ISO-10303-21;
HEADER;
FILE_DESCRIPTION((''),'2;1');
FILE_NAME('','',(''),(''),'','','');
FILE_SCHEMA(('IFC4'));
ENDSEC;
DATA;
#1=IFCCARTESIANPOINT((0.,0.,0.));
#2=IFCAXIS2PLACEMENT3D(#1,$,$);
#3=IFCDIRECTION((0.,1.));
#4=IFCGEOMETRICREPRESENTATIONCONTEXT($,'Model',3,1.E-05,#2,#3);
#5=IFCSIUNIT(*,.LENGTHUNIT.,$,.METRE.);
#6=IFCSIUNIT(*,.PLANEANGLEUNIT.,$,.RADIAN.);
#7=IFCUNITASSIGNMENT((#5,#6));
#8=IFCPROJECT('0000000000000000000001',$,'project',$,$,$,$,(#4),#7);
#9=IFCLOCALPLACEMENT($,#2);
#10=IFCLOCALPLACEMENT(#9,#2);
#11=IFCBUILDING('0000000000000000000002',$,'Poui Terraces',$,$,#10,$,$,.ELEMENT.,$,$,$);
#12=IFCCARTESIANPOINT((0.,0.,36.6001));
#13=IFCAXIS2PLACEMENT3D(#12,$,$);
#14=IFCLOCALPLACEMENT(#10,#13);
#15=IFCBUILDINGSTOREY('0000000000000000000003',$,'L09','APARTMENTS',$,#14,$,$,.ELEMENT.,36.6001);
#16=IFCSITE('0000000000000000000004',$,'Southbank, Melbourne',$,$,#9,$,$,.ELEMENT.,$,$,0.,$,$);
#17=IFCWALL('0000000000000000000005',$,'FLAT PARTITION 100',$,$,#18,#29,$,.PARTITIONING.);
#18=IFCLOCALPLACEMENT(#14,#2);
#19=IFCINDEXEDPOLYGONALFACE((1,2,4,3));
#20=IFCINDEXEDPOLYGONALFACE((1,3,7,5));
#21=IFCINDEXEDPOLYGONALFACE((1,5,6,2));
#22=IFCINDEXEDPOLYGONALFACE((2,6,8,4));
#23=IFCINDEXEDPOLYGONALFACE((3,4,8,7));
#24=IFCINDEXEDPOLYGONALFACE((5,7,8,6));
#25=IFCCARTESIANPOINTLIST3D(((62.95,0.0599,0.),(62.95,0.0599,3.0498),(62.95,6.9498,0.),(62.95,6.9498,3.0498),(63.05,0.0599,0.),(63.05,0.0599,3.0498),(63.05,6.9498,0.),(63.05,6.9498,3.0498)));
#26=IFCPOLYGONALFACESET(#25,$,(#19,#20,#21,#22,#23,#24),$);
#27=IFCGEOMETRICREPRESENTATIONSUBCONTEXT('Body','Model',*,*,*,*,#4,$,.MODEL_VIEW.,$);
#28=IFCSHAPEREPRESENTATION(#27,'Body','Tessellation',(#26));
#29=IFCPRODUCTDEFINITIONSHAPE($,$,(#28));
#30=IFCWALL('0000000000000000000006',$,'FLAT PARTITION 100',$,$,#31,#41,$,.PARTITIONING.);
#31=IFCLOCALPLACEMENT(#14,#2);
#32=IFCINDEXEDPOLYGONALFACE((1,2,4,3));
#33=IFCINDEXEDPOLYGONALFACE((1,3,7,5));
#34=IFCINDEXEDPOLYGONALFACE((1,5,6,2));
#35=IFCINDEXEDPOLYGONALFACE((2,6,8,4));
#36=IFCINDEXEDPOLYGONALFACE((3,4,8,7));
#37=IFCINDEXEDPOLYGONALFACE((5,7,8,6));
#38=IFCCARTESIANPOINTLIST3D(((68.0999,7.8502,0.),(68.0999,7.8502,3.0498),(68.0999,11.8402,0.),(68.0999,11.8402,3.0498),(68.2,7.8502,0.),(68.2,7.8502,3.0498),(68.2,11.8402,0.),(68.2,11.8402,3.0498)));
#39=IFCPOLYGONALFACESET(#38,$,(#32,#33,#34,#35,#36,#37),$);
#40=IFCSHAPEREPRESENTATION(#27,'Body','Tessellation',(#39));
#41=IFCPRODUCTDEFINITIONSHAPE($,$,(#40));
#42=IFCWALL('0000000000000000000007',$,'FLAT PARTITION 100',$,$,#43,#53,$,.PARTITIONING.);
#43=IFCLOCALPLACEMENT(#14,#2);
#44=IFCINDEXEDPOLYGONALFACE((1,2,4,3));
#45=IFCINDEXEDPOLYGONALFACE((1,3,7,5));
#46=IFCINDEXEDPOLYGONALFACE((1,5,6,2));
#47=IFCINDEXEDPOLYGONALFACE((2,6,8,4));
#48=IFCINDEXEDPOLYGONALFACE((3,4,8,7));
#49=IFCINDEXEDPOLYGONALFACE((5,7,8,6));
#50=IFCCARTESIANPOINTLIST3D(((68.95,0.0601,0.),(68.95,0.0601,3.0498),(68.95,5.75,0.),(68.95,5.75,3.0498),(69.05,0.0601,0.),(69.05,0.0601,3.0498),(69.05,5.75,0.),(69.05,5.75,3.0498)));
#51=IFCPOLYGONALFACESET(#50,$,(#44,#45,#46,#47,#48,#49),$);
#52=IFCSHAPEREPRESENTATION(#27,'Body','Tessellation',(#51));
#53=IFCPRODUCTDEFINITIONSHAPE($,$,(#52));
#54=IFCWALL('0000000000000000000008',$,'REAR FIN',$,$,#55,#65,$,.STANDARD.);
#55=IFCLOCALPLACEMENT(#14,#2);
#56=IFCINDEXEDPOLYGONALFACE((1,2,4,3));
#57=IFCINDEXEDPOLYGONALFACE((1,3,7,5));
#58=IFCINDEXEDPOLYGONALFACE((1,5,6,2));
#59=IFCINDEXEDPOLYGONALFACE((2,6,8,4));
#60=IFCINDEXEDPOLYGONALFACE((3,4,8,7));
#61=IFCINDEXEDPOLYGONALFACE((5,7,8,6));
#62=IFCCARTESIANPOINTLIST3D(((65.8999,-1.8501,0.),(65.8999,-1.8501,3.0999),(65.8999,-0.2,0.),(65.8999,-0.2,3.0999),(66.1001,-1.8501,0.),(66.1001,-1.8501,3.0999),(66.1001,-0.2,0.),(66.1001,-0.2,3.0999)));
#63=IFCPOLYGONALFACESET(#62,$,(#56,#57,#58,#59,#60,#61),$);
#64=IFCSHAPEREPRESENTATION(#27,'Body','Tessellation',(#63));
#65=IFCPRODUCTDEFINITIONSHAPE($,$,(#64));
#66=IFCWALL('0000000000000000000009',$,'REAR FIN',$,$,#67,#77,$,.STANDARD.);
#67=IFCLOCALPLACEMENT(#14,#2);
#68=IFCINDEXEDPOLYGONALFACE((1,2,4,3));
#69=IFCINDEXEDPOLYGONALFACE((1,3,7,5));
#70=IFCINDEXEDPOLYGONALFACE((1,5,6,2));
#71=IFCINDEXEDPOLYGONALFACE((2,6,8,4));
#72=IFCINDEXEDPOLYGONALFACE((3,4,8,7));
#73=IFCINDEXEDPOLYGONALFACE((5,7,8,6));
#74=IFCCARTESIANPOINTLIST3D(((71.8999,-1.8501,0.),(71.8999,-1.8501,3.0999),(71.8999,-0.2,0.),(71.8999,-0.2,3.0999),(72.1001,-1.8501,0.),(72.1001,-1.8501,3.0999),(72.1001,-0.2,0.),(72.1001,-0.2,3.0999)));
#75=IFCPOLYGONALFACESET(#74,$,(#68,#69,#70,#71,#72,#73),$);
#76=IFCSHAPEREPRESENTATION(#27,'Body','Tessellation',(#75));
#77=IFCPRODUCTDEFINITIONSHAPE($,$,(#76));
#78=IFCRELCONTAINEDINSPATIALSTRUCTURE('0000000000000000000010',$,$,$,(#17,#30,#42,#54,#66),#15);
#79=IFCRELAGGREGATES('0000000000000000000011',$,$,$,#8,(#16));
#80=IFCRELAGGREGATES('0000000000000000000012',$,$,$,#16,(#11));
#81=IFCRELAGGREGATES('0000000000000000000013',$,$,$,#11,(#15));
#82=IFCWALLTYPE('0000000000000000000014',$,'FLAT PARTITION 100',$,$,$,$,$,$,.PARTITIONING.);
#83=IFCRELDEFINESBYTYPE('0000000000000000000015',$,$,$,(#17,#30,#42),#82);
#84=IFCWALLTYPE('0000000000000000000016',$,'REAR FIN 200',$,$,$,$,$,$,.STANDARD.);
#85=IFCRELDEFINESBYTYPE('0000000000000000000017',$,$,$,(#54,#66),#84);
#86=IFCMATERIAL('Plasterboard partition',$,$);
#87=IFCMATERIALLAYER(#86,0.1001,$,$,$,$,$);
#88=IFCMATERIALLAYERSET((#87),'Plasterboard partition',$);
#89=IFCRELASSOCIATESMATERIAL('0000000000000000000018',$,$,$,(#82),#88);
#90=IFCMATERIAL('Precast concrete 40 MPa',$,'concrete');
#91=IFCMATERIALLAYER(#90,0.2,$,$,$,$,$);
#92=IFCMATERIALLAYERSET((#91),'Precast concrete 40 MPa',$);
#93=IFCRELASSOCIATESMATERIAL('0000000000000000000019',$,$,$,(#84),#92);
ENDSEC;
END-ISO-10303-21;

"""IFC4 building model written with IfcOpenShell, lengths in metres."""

from ifc_helpers import new_model, si_unit, direction, frame, frame_2d, origin, place, context, subcontext, project, spatial, polyline, rectangle, outline, extrude, source, transform, mapped, material, layer, layer_set, type_object, element, save


model = new_model("IFC4")

# Units and contexts
model_context = context("Model", 3, precision=1e-05, world=origin(), true_north=direction((0.0, 1.0)))
body_context = subcontext(model_context, "Body", "Model", "MODEL_VIEW")
ifc_project = project(units=[si_unit("LENGTHUNIT", "METRE"), si_unit("PLANEANGLEUNIT", "RADIAN")], contexts=[model_context])

# Site, building, storey
site_placement = place(None, origin())
site = spatial("IfcSite", under=ifc_project, at=site_placement, Name="Southbank, Melbourne", CompositionType="ELEMENT", RefElevation=0.0)
building_placement = place(site_placement, origin())
building = spatial("IfcBuilding", under=site, at=building_placement, Name="Poui Terraces", CompositionType="ELEMENT")
storey_placement = place(building_placement, frame((0.0, 0.0, 36.6001)))
storey = spatial("IfcBuildingStorey", under=building, at=storey_placement, Name="L09", Description="APARTMENTS", CompositionType="ELEMENT", Elevation=36.6001)

# Shared definitions
ifc_material_1 = material(Name="Plasterboard partition")
ifc_layer_1 = layer(ifc_material_1, 0.1001)
ifc_layer_set_1 = layer_set([ifc_layer_1], Name="Plasterboard partition")
wall_type_1 = type_object("IfcWallType", Name="FLAT PARTITION 100", PredefinedType="PARTITIONING", material=ifc_layer_set_1)

# Walls
wall_1_placement = place(storey_placement, frame((63.0, 0.0601, 0.0), z_axis=(0.0, 0.0, 1.0), x_axis=(0.0, 1.0, 0.0)))
element("IfcWall", 1, at=wall_1_placement, inside=storey, type_object=wall_type_1, Name="FLAT PARTITION 100", PredefinedType="PARTITIONING", context=body_context, shape_type="SweptSolid", body=[
    extrude(rectangle(XDim=6.8899, YDim=0.1001, at=frame_2d((3.4448, 0.0))), origin(), (0.0, 0.0, 1.0), 3.0498),
])
wall_2_placement = place(storey_placement, frame((68.1499, 7.8501, 0.0), z_axis=(0.0, 0.0, 1.0), x_axis=(0.0, 1.0, 0.0)))
element("IfcWall", 2, at=wall_2_placement, inside=storey, type_object=wall_type_1, Name="FLAT PARTITION 100", PredefinedType="PARTITIONING", context=body_context, shape_type="SweptSolid", body=[
    extrude(rectangle(XDim=3.99, YDim=0.1001, at=frame_2d((1.9951, 0.0))), origin(), (0.0, 0.0, 1.0), 3.0498),
])
wall_3_placement = place(storey_placement, frame((69.0, 0.0601, 0.0), z_axis=(0.0, 0.0, 1.0), x_axis=(0.0, 1.0, 0.0)))
element("IfcWall", 3, at=wall_3_placement, inside=storey, type_object=wall_type_1, Name="FLAT PARTITION 100", PredefinedType="PARTITIONING", context=body_context, shape_type="SweptSolid", body=[
    extrude(rectangle(XDim=5.6899, YDim=0.1001, at=frame_2d((2.845, 0.0))), origin(), (0.0, 0.0, 1.0), 3.0498),
])
ifc_material_2 = material(Name="Precast concrete 40 MPa", Category="concrete")
ifc_layer_2 = layer(ifc_material_2, 0.2)
ifc_layer_set_2 = layer_set([ifc_layer_2], Name="Precast concrete 40 MPa")
wall_type_2 = type_object("IfcWallType", Name="REAR FIN 200", PredefinedType="STANDARD", material=ifc_layer_set_2)
shared_shape_1 = source(origin(), body_context, "Body", "SweptSolid", [
    extrude(outline(polyline([(0.0, 0.0), (0.2002, 0.0), (0.2002, 1.6501), (0.0, 1.6501), (0.0, 0.0)])), origin(), (0.0, 0.0, 1.0), 3.0999),
])
for number, where, name in (
    (4, (65.8999, -1.8501, 0.0), "REAR FIN"),
    (5, (71.8999, -1.8501, 0.0), "REAR FIN"),
):
    element("IfcWall", number, at=place(storey_placement, frame(where)), inside=storey, type_object=wall_type_2, Name=name, PredefinedType="STANDARD", context=body_context, shape_type="MappedRepresentation", body=[
        mapped(shared_shape_1, transform((0.0, 0.0, 0.0))),
    ])

save(model, "model.ifc")
